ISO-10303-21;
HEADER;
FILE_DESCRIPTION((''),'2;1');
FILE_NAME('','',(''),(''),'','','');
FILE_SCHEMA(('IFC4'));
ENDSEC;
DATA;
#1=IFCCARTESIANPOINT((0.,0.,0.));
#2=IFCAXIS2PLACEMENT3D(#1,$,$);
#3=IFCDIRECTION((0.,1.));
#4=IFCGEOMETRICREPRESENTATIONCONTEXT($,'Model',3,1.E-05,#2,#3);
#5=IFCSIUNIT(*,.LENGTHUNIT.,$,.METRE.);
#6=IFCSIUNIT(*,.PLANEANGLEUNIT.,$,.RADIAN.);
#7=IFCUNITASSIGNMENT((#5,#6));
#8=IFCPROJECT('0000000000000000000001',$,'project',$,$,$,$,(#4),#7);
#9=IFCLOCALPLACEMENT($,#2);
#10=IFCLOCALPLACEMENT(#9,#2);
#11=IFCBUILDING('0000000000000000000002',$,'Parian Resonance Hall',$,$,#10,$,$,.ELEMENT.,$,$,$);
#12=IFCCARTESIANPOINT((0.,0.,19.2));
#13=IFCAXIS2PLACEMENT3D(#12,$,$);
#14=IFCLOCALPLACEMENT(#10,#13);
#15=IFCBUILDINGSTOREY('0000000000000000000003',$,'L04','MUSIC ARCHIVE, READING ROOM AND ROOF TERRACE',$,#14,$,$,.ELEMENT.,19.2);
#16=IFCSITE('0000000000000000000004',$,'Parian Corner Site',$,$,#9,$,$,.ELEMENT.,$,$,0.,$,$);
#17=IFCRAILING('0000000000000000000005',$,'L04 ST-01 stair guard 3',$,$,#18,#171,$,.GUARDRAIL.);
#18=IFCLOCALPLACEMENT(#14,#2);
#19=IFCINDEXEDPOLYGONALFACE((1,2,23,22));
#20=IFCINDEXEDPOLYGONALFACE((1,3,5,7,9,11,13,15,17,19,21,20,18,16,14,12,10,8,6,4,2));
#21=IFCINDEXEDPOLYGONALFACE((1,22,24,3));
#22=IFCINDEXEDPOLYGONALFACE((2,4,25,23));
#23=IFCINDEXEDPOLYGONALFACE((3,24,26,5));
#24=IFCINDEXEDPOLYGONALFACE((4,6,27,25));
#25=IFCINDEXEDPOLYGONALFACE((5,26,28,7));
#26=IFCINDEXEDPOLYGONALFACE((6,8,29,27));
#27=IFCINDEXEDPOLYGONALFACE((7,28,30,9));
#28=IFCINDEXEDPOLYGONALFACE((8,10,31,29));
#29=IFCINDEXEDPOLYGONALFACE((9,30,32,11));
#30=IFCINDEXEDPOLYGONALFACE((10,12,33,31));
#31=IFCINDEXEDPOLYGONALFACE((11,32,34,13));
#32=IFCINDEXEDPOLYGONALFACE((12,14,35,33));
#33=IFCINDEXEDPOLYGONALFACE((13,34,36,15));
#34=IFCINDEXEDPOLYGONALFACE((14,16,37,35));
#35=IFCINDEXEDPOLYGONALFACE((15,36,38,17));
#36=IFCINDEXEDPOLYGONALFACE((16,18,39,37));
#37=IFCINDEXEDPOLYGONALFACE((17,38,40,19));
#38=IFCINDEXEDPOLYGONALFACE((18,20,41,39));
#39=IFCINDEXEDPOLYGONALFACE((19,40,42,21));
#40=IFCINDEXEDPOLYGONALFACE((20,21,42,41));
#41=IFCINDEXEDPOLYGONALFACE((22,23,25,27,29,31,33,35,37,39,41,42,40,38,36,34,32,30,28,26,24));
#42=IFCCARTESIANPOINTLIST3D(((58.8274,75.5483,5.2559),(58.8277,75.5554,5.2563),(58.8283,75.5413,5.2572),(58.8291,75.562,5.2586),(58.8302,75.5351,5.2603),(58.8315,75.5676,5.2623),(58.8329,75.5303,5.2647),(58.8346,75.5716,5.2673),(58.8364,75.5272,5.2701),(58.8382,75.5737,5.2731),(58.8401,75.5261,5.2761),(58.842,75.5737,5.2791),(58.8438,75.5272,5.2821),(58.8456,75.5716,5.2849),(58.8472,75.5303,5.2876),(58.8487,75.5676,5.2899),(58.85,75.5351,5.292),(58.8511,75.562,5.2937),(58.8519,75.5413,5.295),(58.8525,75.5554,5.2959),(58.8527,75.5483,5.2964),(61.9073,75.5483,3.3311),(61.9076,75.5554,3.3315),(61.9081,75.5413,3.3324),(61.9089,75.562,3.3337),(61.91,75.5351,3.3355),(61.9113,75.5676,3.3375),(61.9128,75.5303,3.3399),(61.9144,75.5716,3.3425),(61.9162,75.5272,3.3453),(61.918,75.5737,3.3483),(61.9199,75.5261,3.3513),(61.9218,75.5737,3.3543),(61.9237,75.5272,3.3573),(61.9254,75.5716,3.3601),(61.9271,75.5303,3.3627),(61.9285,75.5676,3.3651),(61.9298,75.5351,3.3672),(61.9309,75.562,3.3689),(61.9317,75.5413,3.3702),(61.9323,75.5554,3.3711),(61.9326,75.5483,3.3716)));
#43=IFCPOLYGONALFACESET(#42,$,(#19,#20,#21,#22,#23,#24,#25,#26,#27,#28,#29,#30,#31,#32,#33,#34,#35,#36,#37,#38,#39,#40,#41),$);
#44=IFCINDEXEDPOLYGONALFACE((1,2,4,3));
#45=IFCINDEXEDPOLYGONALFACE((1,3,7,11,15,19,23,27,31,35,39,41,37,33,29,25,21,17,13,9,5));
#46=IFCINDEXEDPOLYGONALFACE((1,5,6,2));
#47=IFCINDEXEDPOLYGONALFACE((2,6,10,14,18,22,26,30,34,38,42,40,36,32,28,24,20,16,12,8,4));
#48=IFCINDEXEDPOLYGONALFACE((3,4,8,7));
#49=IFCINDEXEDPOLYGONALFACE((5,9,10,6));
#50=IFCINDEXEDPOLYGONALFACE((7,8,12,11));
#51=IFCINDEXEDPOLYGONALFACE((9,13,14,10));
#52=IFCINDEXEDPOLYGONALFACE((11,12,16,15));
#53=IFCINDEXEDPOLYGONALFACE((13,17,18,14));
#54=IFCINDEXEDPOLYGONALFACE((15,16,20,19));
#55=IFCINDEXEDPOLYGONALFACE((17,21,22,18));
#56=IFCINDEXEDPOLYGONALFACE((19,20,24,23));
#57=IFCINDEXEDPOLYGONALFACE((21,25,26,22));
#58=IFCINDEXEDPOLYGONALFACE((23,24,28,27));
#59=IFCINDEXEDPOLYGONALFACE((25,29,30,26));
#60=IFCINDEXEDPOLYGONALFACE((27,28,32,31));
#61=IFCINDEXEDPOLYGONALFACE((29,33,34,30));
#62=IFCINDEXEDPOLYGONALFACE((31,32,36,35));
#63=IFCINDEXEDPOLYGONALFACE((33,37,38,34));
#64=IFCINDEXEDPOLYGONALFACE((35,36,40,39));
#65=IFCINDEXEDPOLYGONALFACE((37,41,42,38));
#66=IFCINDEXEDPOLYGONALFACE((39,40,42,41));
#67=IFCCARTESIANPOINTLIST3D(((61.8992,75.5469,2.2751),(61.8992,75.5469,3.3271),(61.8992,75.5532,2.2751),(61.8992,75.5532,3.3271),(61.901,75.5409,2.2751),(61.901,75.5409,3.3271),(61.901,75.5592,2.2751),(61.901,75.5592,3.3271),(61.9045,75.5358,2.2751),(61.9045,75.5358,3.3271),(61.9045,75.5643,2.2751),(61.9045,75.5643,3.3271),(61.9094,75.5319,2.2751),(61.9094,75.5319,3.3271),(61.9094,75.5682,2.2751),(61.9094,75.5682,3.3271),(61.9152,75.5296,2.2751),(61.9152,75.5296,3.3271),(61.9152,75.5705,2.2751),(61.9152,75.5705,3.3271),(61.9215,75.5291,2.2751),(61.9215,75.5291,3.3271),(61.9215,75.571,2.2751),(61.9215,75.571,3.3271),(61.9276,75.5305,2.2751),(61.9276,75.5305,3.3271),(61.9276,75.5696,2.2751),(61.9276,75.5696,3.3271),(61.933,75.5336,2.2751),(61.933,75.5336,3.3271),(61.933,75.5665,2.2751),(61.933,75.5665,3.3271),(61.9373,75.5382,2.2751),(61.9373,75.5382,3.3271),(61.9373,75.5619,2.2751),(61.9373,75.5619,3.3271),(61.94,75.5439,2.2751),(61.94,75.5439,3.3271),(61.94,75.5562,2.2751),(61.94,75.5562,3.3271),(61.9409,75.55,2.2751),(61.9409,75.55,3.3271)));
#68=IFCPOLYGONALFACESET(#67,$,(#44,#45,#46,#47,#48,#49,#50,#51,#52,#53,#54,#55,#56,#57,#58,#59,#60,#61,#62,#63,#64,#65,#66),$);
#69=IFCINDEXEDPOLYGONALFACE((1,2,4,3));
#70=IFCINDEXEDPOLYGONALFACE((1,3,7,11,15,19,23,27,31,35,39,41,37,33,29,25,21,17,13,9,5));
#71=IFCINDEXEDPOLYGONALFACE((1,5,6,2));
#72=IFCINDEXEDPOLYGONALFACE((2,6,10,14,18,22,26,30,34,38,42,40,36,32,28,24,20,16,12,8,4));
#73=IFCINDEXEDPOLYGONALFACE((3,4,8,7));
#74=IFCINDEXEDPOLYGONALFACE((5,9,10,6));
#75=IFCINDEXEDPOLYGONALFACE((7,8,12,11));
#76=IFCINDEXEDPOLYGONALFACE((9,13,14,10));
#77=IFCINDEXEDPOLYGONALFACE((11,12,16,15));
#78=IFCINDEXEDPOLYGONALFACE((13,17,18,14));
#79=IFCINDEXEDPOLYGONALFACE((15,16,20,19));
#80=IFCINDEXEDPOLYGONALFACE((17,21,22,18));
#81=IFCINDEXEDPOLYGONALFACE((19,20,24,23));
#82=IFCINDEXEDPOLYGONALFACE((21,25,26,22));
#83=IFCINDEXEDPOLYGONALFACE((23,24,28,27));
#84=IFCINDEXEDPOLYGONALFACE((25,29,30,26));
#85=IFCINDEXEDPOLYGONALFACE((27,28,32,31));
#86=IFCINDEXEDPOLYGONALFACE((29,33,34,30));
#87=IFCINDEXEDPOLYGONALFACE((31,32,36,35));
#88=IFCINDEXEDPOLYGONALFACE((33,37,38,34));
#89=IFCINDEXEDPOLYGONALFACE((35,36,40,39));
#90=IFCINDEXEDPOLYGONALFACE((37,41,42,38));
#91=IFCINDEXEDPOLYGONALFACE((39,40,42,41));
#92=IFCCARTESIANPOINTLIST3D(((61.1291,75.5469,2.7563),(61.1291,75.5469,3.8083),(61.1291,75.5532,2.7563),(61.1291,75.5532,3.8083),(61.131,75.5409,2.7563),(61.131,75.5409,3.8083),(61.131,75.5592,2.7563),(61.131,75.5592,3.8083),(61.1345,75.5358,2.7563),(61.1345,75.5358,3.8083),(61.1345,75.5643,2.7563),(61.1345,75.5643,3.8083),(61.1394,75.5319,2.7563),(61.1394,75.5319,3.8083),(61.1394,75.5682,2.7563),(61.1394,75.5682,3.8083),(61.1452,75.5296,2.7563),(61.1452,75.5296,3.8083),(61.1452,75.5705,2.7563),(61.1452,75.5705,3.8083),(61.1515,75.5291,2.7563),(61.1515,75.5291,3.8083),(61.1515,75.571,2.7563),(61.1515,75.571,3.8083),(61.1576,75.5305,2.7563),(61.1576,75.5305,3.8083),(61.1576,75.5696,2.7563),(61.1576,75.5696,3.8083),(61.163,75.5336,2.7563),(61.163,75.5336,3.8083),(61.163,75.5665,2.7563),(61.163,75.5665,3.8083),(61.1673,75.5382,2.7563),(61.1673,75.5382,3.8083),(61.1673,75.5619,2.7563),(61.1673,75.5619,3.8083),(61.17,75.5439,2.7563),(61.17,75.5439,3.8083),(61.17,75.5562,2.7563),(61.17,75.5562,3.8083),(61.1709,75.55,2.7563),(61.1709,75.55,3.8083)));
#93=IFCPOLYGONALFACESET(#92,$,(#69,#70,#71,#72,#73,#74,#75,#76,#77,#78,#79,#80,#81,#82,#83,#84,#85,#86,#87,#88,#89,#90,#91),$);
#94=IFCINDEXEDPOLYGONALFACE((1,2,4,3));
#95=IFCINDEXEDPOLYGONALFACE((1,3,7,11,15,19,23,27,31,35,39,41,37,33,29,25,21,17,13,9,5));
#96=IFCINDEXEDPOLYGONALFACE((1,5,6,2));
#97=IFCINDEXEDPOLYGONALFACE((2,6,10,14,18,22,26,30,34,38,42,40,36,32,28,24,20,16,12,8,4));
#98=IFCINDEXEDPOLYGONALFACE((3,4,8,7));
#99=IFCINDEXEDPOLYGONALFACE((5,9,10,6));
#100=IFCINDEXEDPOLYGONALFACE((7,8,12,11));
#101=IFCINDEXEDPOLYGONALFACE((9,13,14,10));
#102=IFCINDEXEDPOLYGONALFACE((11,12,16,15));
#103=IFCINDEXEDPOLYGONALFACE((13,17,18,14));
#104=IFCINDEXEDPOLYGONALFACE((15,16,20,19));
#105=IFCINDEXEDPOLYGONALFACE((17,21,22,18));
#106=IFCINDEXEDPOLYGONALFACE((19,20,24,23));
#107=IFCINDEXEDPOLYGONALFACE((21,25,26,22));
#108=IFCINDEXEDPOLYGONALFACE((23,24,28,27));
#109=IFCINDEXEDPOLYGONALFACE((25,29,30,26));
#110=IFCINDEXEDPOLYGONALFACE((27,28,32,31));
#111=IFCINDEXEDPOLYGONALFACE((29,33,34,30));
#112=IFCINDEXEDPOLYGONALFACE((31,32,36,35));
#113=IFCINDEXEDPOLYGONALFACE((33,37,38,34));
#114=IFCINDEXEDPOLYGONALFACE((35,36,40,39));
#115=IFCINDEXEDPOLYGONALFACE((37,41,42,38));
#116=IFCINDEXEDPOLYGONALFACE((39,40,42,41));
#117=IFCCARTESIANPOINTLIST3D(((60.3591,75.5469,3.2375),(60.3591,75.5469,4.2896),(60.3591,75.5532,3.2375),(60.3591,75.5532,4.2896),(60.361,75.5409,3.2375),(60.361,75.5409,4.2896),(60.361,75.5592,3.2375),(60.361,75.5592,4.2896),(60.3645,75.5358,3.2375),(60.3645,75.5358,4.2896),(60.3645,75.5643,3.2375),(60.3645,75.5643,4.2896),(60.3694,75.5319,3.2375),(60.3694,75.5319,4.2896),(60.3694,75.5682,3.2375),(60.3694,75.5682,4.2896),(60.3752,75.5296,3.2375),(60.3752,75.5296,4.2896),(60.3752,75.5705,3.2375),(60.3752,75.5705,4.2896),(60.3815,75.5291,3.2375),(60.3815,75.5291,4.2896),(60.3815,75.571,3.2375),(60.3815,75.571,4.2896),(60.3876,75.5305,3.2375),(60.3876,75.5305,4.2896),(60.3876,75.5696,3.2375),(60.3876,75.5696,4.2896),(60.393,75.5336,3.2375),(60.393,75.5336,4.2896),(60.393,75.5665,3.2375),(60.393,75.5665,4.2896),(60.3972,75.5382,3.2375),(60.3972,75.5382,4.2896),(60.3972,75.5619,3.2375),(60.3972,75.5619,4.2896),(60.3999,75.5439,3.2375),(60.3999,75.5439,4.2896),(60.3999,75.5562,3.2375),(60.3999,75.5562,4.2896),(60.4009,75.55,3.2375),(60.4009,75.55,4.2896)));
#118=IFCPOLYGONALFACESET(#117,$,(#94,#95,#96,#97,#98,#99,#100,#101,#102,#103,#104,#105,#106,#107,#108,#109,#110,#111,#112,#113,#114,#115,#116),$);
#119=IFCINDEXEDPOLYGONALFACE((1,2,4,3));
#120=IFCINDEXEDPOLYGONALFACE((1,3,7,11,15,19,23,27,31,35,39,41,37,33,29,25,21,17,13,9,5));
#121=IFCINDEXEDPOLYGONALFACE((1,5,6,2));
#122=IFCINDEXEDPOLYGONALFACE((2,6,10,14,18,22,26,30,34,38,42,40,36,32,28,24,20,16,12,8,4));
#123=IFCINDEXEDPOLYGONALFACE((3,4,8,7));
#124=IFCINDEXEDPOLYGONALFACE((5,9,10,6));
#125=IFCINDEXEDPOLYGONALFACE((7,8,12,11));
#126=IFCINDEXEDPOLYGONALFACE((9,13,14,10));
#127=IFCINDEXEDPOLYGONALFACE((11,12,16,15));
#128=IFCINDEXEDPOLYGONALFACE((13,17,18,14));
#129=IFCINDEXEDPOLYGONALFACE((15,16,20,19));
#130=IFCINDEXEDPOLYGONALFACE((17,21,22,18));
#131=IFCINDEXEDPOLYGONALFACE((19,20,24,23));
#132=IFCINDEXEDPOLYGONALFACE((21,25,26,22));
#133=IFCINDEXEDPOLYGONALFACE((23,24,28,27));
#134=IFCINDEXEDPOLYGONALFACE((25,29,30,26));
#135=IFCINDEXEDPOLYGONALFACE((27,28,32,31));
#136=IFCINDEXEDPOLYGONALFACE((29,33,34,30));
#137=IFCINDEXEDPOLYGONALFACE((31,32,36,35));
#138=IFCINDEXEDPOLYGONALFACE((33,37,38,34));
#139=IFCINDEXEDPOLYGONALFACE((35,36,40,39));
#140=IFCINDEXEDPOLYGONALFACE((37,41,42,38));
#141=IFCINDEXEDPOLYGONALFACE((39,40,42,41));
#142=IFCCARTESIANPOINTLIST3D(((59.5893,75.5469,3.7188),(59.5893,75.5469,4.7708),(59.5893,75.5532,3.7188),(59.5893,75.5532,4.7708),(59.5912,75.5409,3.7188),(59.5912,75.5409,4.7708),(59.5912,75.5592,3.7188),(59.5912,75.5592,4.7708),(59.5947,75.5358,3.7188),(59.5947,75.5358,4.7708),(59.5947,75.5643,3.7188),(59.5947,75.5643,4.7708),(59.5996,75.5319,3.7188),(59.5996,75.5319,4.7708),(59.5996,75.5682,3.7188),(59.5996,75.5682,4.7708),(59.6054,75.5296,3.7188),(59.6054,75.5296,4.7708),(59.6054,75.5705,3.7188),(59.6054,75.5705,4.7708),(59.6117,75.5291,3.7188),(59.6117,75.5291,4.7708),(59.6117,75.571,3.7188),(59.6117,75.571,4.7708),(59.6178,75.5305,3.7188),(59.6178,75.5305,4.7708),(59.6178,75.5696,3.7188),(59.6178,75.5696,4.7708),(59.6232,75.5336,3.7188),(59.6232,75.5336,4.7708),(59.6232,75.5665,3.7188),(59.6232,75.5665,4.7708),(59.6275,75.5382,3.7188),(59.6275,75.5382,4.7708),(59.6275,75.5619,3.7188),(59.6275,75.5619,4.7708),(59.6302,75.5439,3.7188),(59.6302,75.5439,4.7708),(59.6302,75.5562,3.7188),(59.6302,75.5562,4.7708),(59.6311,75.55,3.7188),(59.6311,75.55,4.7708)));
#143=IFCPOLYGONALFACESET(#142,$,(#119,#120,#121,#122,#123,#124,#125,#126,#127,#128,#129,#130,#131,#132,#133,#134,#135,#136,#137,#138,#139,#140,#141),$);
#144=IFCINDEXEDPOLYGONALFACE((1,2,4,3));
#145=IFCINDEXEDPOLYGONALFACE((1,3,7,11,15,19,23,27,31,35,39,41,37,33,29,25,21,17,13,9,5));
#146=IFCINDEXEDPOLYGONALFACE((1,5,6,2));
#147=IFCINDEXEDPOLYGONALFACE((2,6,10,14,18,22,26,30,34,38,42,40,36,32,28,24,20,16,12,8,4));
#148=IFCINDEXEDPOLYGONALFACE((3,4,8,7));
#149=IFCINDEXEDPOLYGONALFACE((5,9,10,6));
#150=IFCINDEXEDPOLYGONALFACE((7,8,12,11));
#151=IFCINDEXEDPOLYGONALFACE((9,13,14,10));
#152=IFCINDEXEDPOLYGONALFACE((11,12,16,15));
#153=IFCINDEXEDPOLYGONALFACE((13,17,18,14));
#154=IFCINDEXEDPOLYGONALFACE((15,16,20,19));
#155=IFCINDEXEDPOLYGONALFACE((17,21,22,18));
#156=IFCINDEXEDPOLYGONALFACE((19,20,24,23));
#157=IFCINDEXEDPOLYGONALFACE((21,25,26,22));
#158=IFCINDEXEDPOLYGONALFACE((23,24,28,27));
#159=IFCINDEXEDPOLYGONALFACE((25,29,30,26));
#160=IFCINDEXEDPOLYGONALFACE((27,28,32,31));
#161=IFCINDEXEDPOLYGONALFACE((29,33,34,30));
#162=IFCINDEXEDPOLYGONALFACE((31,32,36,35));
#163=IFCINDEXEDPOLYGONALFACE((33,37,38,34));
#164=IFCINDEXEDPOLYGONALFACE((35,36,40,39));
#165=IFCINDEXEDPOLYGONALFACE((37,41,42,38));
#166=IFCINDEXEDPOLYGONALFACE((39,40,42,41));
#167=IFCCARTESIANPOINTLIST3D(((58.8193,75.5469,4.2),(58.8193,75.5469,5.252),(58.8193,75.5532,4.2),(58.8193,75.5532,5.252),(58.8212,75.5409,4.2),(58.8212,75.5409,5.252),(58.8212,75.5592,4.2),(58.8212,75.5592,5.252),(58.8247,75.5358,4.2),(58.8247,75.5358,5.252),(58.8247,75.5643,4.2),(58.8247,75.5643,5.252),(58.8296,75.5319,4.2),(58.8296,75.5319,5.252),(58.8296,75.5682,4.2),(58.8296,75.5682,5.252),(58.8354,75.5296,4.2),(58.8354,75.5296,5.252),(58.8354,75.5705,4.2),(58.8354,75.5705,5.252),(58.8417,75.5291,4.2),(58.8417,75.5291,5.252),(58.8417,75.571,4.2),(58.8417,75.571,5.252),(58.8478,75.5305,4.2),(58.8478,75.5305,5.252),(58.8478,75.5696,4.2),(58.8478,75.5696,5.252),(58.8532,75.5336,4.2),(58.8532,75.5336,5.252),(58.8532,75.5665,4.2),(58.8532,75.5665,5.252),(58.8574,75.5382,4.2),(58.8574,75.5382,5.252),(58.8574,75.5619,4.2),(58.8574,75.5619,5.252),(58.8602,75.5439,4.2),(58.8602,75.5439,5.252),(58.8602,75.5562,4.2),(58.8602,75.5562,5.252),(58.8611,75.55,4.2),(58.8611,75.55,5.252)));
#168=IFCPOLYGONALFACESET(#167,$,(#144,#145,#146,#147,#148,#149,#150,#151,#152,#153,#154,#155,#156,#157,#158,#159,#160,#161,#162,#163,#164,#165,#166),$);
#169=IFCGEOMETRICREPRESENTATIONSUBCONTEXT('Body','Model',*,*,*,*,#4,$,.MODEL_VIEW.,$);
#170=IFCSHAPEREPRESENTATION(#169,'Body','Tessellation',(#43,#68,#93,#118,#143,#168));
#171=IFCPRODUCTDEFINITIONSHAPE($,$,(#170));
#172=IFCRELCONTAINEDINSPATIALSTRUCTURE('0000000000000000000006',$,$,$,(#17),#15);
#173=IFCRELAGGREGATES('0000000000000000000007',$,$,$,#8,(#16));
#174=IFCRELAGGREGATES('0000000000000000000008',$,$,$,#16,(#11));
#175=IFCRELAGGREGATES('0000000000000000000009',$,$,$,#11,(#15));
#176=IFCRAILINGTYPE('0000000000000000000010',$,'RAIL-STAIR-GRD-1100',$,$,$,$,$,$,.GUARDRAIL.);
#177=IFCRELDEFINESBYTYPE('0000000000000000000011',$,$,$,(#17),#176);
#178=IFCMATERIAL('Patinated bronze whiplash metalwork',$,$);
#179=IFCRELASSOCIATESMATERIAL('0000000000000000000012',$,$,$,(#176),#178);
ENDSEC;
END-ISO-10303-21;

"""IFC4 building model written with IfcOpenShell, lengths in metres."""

from ifc_helpers import new_model, si_unit, direction, frame, origin, origin_2d, place, context, subcontext, project, spatial, circle, extrude, material, type_object, element, save


model = new_model("IFC4")

# Units and contexts
model_context = context("Model", 3, precision=1e-05, world=origin(), true_north=direction((0.0, 1.0)))
body_context = subcontext(model_context, "Body", "Model", "MODEL_VIEW")
ifc_project = project(units=[si_unit("LENGTHUNIT", "METRE"), si_unit("PLANEANGLEUNIT", "RADIAN")], contexts=[model_context])

# Site, building, storey
site_placement = place(None, origin())
site = spatial("IfcSite", under=ifc_project, at=site_placement, Name="Parian Corner Site", CompositionType="ELEMENT", RefElevation=0.0)
building_placement = place(site_placement, origin())
building = spatial("IfcBuilding", under=site, at=building_placement, Name="Parian Resonance Hall", CompositionType="ELEMENT")
storey_placement = place(building_placement, frame((0.0, 0.0, 19.2)))
storey = spatial("IfcBuildingStorey", under=building, at=storey_placement, Name="L04", Description="MUSIC ARCHIVE, READING ROOM AND ROOF TERRACE", CompositionType="ELEMENT", Elevation=19.2)

# Railing
ifc_material_1 = material(Name="Patinated bronze whiplash metalwork")
railing_type_1 = type_object("IfcRailingType", Name="RAIL-STAIR-GRD-1100", PredefinedType="GUARDRAIL", material=ifc_material_1)
railing_1_placement = place(storey_placement, frame((61.9199, 75.55, 2.2751)))
element("IfcRailing", 1, at=railing_1_placement, inside=storey, type_object=railing_type_1, Name="L04 ST-01 stair guard 3", PredefinedType="GUARDRAIL", context=body_context, shape_type="SweptSolid", body=[
    extrude(circle(Radius=0.0239, at=origin_2d()), frame((0.0, 0.0, 1.0762), z_axis=(-0.84801, 0.0, 0.529981), x_axis=(0.0, -1.0, 0.0)), (0.0, 0.0, 1.0), 3.6318),
    extrude(circle(Radius=0.021, at=origin_2d()), origin(), (0.0, 0.0, 1.0), 1.052),
    extrude(circle(Radius=0.021, at=origin_2d()), frame((-0.77, 0.0, 0.4812)), (0.0, 0.0, 1.0), 1.052),
    extrude(circle(Radius=0.021, at=origin_2d()), frame((-1.54, 0.0, 0.9624)), (0.0, 0.0, 1.0), 1.052),
    extrude(circle(Radius=0.021, at=origin_2d()), frame((-2.3098, 0.0, 1.4436)), (0.0, 0.0, 1.0), 1.052),
    extrude(circle(Radius=0.021, at=origin_2d()), frame((-3.0798, 0.0, 1.9248)), (0.0, 0.0, 1.0), 1.052),
])

save(model, "model.ifc")
